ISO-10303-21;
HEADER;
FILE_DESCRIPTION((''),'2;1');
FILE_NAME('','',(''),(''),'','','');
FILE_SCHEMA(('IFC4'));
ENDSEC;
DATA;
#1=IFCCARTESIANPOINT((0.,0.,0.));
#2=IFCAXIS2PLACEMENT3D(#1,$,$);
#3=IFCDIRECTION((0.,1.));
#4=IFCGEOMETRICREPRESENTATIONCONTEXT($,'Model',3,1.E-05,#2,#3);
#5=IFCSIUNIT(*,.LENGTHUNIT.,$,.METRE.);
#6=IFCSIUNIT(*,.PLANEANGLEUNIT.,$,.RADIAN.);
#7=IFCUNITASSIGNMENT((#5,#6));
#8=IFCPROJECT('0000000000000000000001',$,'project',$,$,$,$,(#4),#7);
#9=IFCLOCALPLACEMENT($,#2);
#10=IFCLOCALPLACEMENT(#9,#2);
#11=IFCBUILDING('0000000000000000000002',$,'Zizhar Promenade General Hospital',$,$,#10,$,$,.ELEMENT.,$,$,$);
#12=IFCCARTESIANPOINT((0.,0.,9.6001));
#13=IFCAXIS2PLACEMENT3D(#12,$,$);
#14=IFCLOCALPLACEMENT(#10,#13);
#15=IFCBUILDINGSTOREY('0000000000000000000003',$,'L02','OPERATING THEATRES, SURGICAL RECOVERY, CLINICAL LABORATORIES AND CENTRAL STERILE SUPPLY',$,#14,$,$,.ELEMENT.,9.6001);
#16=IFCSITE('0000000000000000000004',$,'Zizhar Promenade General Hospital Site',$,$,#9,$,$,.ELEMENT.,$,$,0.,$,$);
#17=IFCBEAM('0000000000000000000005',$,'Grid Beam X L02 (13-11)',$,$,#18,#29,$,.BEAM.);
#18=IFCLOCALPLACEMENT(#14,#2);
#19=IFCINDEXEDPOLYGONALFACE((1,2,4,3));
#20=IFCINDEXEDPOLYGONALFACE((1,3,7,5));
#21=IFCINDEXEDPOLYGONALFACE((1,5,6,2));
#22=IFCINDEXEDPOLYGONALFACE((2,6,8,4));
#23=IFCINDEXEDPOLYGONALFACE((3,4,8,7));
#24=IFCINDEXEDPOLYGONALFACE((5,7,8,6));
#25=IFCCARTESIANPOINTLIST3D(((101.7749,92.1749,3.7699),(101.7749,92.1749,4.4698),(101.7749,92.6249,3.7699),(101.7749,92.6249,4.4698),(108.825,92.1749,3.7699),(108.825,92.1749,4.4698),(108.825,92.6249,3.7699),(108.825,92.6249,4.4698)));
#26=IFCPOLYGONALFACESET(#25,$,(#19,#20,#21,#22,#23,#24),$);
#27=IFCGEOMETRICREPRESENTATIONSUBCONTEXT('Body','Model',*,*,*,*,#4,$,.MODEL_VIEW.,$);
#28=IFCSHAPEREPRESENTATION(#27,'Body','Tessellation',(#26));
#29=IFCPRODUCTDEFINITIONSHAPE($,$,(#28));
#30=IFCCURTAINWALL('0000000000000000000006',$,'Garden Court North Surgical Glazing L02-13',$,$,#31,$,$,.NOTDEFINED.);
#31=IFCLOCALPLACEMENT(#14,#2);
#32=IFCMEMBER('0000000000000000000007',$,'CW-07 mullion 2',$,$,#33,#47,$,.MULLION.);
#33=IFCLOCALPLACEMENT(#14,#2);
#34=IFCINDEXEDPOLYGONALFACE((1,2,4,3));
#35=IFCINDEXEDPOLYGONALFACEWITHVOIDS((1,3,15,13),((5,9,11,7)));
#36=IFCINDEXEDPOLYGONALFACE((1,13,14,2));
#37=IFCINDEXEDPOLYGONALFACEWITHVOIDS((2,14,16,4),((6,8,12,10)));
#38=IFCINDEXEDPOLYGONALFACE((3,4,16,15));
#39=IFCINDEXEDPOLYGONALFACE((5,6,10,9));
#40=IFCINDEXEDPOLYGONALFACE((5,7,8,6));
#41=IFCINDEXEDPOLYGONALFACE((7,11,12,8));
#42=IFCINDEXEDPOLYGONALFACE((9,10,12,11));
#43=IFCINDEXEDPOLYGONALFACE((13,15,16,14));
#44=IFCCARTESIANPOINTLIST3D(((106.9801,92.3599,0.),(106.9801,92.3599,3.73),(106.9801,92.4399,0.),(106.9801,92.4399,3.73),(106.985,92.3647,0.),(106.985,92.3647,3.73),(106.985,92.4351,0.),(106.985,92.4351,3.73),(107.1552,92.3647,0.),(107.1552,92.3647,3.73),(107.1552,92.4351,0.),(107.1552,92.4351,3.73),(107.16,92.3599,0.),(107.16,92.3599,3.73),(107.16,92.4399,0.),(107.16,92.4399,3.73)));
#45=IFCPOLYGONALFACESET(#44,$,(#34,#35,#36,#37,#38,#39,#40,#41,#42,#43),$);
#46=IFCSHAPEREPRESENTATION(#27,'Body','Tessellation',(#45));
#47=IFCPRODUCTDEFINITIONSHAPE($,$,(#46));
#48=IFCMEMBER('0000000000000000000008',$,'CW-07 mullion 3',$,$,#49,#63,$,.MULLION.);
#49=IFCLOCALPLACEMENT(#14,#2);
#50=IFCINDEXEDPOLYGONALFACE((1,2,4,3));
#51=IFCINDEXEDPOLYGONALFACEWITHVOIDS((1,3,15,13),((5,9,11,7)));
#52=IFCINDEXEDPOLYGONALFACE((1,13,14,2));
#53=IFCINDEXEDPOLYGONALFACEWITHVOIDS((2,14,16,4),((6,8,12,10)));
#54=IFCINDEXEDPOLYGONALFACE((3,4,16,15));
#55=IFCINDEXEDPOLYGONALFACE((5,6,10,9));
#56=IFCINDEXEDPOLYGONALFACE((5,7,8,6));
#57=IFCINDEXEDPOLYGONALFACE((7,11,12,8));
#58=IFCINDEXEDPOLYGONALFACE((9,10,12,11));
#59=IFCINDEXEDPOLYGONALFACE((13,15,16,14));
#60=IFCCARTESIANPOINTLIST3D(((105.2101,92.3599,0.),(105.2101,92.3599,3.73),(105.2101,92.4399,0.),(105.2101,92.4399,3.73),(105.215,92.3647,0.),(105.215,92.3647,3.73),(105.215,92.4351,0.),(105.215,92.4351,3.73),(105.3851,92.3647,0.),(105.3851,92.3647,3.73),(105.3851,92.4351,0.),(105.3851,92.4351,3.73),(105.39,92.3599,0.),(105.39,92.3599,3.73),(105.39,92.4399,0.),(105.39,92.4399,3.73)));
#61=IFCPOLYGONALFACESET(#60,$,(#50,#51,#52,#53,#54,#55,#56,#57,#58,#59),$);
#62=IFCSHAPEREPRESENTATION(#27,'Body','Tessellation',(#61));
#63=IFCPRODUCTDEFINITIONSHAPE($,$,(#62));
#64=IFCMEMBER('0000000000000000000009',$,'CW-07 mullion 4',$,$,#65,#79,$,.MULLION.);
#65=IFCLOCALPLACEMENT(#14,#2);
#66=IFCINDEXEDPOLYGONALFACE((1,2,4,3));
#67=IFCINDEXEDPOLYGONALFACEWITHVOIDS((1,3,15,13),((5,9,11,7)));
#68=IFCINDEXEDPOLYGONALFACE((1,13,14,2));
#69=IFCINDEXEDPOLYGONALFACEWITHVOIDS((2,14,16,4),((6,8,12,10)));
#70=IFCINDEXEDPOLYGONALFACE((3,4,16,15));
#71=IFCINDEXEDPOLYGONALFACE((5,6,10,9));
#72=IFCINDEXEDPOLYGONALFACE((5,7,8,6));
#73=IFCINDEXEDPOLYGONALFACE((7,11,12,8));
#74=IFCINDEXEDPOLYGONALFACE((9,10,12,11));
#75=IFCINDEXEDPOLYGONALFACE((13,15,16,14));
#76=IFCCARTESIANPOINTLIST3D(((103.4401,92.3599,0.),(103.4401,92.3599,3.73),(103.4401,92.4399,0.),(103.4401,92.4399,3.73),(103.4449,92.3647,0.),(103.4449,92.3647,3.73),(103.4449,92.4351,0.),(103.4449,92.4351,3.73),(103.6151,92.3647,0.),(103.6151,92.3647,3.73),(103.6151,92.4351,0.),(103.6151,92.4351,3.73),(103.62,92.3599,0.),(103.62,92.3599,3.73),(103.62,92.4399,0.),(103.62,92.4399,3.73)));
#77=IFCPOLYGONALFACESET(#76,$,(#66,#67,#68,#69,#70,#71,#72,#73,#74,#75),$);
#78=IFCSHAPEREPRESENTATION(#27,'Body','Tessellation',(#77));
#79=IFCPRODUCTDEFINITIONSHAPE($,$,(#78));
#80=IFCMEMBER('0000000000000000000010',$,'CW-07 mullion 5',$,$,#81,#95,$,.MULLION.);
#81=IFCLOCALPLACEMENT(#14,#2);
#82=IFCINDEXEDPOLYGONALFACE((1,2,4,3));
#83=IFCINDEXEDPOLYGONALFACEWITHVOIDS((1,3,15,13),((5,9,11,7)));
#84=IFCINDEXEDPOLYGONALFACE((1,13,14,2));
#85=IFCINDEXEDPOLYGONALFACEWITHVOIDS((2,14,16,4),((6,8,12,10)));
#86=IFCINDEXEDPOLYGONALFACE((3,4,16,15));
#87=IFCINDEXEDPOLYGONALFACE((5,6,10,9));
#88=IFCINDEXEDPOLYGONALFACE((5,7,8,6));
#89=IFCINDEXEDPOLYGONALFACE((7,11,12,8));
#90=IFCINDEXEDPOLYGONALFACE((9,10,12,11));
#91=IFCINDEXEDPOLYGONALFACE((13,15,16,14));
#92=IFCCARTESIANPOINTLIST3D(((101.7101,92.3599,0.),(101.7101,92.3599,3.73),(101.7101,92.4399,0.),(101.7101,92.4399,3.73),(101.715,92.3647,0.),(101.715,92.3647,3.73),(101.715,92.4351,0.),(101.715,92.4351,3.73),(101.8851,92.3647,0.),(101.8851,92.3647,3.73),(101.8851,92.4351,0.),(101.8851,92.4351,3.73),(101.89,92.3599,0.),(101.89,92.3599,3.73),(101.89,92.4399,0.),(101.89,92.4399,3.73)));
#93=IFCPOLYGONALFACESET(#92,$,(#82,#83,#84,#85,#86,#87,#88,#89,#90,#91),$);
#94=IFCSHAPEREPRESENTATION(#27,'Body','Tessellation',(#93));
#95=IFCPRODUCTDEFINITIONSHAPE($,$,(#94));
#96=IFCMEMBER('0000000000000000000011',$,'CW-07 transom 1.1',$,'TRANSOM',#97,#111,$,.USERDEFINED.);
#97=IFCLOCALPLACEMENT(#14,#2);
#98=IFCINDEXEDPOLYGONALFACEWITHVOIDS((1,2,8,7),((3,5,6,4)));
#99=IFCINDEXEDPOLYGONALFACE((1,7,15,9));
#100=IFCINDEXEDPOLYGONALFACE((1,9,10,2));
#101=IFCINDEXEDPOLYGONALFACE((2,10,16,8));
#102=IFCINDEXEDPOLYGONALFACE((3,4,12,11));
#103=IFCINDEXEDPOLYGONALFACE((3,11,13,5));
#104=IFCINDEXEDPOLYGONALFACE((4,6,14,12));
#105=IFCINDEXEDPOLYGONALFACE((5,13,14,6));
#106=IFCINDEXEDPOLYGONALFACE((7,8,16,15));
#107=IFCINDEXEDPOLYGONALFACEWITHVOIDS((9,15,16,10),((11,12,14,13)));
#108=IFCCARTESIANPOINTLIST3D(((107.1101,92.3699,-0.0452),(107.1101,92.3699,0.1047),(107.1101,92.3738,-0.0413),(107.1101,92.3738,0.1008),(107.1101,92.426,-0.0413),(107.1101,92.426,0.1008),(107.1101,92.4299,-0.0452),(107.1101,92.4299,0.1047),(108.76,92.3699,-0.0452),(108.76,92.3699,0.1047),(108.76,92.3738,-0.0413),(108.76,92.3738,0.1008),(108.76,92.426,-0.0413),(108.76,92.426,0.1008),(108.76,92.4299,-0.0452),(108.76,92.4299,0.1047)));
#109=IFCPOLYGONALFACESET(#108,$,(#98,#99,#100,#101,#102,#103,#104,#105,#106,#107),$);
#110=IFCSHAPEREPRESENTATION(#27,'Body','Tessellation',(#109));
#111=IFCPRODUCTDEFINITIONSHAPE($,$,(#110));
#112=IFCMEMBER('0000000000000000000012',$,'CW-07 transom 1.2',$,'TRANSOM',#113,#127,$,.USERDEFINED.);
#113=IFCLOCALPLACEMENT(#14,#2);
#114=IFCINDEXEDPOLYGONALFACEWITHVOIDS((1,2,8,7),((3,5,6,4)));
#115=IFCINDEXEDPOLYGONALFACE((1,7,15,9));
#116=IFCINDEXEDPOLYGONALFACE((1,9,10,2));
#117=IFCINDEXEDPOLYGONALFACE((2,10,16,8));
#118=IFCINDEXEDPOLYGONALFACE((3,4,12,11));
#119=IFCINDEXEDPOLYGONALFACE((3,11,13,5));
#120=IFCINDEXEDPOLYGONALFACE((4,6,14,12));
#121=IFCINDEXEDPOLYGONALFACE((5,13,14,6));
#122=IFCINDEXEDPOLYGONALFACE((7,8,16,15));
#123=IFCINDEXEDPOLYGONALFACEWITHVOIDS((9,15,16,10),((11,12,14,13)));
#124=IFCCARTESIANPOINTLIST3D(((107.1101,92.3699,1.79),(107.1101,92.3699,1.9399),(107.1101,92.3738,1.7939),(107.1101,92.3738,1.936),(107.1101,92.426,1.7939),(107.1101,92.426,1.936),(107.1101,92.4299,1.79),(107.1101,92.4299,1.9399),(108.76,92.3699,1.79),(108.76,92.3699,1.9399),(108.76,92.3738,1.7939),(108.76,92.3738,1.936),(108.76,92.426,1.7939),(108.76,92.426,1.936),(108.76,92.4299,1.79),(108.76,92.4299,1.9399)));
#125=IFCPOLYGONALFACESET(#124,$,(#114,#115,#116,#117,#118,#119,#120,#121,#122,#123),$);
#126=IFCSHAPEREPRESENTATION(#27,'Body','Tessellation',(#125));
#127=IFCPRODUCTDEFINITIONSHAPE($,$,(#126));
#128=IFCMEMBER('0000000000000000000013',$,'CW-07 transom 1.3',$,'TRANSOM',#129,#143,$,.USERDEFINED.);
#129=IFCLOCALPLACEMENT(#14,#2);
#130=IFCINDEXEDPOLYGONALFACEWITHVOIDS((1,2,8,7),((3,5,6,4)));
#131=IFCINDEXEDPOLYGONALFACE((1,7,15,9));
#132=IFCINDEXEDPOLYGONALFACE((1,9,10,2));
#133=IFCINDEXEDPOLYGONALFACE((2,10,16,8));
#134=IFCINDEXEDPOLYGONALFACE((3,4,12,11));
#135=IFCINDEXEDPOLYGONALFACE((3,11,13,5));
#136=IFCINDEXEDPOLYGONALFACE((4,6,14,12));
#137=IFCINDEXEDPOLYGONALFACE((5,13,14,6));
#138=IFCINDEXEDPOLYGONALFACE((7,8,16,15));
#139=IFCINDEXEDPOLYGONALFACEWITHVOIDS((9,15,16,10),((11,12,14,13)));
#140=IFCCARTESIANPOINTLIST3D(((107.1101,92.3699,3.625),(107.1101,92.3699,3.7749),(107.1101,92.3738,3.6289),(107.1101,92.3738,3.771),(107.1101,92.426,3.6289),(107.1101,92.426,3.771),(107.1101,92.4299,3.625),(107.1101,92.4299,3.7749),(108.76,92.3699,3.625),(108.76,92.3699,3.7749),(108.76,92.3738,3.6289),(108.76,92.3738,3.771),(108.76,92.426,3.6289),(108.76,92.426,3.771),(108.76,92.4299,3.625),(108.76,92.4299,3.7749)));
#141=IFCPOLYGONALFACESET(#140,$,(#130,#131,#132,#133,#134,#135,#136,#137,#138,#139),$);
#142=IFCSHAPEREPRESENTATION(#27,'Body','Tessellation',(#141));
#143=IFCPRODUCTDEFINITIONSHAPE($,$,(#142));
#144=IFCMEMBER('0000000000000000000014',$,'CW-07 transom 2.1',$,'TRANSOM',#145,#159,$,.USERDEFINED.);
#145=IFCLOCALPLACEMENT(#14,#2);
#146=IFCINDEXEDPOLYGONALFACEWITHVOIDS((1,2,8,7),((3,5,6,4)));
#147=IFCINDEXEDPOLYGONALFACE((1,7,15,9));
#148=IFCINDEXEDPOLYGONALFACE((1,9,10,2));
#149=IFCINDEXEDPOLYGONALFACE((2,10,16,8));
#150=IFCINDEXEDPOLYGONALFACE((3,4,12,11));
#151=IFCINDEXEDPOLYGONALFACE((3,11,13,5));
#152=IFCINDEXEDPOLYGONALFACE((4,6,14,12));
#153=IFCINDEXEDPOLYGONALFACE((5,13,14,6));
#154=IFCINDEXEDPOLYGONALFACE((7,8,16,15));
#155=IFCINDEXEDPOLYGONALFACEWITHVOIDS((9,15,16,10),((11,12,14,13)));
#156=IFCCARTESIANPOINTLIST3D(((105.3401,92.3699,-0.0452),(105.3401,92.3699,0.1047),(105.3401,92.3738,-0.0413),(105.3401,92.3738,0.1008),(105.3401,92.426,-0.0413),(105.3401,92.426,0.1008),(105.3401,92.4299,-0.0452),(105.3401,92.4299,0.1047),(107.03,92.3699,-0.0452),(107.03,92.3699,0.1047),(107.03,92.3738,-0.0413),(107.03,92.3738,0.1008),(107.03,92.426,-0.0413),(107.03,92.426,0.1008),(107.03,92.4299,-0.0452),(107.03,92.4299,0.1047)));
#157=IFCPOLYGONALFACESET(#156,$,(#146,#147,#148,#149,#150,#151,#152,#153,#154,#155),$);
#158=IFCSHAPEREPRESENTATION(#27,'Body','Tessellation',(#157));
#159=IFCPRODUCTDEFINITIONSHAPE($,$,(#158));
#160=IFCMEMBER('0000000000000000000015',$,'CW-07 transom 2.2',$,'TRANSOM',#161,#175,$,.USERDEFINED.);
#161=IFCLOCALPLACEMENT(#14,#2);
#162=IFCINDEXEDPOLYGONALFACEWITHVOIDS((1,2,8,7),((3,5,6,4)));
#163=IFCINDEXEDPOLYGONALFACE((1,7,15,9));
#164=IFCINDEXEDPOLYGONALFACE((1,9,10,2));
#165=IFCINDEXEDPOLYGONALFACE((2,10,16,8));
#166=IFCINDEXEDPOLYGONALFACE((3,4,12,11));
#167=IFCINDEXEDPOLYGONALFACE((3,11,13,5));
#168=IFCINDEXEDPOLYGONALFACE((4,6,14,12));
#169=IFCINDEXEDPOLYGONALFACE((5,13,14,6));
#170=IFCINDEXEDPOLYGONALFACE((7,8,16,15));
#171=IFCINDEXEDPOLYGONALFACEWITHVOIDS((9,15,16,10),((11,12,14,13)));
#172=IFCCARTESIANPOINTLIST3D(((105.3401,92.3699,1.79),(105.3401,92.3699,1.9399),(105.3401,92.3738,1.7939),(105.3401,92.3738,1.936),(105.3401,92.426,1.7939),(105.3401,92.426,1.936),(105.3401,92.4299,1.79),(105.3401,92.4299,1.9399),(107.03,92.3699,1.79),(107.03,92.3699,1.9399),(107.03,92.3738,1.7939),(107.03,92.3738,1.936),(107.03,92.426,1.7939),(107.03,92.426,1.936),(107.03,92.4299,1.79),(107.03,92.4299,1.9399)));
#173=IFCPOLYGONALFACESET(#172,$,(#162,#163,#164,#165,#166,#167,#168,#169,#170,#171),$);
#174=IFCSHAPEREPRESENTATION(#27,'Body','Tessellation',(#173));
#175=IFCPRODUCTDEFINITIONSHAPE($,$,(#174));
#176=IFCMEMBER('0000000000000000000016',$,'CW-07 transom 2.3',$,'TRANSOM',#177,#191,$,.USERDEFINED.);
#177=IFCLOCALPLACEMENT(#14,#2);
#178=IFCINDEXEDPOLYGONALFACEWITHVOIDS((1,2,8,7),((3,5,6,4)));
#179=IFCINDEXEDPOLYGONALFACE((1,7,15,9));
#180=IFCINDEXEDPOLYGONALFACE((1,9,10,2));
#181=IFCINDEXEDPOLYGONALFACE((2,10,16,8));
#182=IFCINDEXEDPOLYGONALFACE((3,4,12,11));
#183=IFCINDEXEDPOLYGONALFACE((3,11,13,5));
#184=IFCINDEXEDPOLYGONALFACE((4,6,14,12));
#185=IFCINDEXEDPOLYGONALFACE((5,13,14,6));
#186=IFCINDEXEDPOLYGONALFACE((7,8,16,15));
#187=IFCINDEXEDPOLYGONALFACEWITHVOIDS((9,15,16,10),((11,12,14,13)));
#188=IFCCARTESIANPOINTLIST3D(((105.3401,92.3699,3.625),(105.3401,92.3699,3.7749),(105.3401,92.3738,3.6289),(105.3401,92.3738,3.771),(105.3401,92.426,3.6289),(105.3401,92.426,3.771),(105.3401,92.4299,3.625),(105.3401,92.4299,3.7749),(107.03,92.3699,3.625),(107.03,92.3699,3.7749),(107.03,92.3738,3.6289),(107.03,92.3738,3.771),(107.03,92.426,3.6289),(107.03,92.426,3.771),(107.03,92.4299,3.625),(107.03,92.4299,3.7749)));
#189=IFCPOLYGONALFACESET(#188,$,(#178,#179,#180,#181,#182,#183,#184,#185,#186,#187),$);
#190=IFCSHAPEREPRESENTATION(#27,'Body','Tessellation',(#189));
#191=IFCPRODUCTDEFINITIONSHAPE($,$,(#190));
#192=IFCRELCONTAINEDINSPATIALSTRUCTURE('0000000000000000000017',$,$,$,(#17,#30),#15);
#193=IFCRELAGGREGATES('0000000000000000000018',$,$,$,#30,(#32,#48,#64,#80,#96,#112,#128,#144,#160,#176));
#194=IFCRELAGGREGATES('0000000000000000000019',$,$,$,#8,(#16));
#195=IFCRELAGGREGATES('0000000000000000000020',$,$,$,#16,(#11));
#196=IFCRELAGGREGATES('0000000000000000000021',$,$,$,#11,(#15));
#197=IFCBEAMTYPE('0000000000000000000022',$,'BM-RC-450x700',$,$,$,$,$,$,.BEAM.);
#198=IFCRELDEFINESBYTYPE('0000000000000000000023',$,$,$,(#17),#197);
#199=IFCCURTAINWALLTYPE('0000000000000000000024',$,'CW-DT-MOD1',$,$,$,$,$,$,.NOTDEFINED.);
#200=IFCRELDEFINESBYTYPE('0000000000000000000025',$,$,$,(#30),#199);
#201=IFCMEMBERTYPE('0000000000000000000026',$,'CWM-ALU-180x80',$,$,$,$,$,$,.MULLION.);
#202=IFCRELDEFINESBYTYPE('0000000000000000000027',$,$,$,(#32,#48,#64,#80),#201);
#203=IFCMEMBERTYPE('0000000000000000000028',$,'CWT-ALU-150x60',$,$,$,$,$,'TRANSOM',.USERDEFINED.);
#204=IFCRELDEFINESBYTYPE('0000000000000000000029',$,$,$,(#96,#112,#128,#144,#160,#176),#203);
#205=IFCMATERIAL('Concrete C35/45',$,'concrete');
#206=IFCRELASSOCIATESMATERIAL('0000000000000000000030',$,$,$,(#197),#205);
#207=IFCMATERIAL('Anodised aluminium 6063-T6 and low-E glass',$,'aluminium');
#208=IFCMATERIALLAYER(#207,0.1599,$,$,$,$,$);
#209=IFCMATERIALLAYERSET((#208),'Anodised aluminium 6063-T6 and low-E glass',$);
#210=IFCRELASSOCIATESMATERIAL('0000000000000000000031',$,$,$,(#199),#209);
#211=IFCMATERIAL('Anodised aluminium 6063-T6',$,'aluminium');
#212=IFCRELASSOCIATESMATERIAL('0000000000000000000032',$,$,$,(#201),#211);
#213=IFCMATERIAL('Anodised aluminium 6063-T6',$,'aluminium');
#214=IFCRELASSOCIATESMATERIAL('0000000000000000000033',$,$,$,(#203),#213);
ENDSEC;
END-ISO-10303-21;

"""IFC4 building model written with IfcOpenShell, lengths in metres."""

from ifc_helpers import new_model, si_unit, direction, frame, origin, origin_2d, place, context, subcontext, project, spatial, rectangle, hollow_rectangle, extrude, material, layer, layer_set, material_profile, profile_set, type_object, element, aggregate, save


model = new_model("IFC4")

# Units and contexts
model_context = context("Model", 3, precision=1e-05, world=origin(), true_north=direction((0.0, 1.0)))
body_context = subcontext(model_context, "Body", "Model", "MODEL_VIEW")
ifc_project = project(units=[si_unit("LENGTHUNIT", "METRE"), si_unit("PLANEANGLEUNIT", "RADIAN")], contexts=[model_context])

# Site, building, storey
site_placement = place(None, origin())
site = spatial("IfcSite", under=ifc_project, at=site_placement, Name="Zizhar Promenade General Hospital Site", CompositionType="ELEMENT", RefElevation=0.0)
building_placement = place(site_placement, origin())
building = spatial("IfcBuilding", under=site, at=building_placement, Name="Zizhar Promenade General Hospital", CompositionType="ELEMENT")
storey_placement = place(building_placement, frame((0.0, 0.0, 9.6001)))
storey = spatial("IfcBuildingStorey", under=building, at=storey_placement, Name="L02", Description="OPERATING THEATRES, SURGICAL RECOVERY, CLINICAL LABORATORIES AND CENTRAL STERILE SUPPLY", CompositionType="ELEMENT", Elevation=9.6001)

# Beam
ifc_material_1 = material(Name="Concrete C35/45", Category="concrete")
ifc_material_profile_1 = material_profile(ifc_material_1, rectangle(XDim=0.45, YDim=0.7, at=origin_2d()))
ifc_profile_set_1 = profile_set([ifc_material_profile_1], Name="Concrete C35/45")
beam_type = type_object("IfcBeamType", Name="BM-RC-450x700", PredefinedType="BEAM", material=ifc_profile_set_1)
beam_placement = place(storey_placement, frame((101.7749, 92.3999, 4.1199), z_axis=(1.0, 0.0, 0.0), x_axis=(0.0, 1.0, 0.0)))
element("IfcBeam", 1, at=beam_placement, inside=storey, type_object=beam_type, Name="Grid Beam X L02 (13-11)", PredefinedType="BEAM", context=body_context, shape_type="SweptSolid", body=[
    extrude(rectangle(XDim=0.45, YDim=0.7, at=origin_2d()), origin(), (0.0, 0.0, 1.0), 7.05),
])

# Curtain wall, members
ifc_material_2 = material(Name="Anodised aluminium 6063-T6 and low-E glass", Category="aluminium")
ifc_layer_1 = layer(ifc_material_2, 0.1599)
ifc_layer_set_1 = layer_set([ifc_layer_1], Name="Anodised aluminium 6063-T6 and low-E glass")
curtain_wall_type = type_object("IfcCurtainWallType", Name="CW-DT-MOD1", PredefinedType="NOTDEFINED", material=ifc_layer_set_1)
curtain_wall_placement = place(storey_placement, origin())
curtain_wall = element("IfcCurtainWall", 2, at=curtain_wall_placement, inside=storey, type_object=curtain_wall_type, Name="Garden Court North Surgical Glazing L02-13", PredefinedType="NOTDEFINED")
ifc_material_3 = material(Name="Anodised aluminium 6063-T6", Category="aluminium")
ifc_material_profile_2 = material_profile(ifc_material_3, hollow_rectangle(XDim=0.0801, YDim=0.1799, WallThickness=0.0049, at=origin_2d()))
ifc_profile_set_2 = profile_set([ifc_material_profile_2], Name="Anodised aluminium 6063-T6")
member_type_1 = type_object("IfcMemberType", Name="CWM-ALU-180x80", PredefinedType="MULLION", material=ifc_profile_set_2)
member_1_placement = place(storey_placement, frame((107.0701, 92.3999, 0.0), z_axis=(0.0, 0.0, 1.0), x_axis=(0.0, -1.0, 0.0)))
member_1 = element("IfcMember", 3, at=member_1_placement, type_object=member_type_1, Name="CW-07 mullion 2", PredefinedType="MULLION", context=body_context, shape_type="SweptSolid", body=[
    extrude(hollow_rectangle(XDim=0.0801, YDim=0.1799, WallThickness=0.0049, at=origin_2d()), origin(), (0.0, 0.0, 1.0), 3.73),
])
member_2_placement = place(storey_placement, frame((105.3, 92.3999, 0.0), z_axis=(0.0, 0.0, 1.0), x_axis=(0.0, -1.0, 0.0)))
member_2 = element("IfcMember", 4, at=member_2_placement, type_object=member_type_1, Name="CW-07 mullion 3", PredefinedType="MULLION", context=body_context, shape_type="SweptSolid", body=[
    extrude(hollow_rectangle(XDim=0.0801, YDim=0.1799, WallThickness=0.0049, at=origin_2d()), origin(), (0.0, 0.0, 1.0), 3.73),
])
member_3_placement = place(storey_placement, frame((103.53, 92.3999, 0.0), z_axis=(0.0, 0.0, 1.0), x_axis=(0.0, -1.0, 0.0)))
member_3 = element("IfcMember", 5, at=member_3_placement, type_object=member_type_1, Name="CW-07 mullion 4", PredefinedType="MULLION", context=body_context, shape_type="SweptSolid", body=[
    extrude(hollow_rectangle(XDim=0.0801, YDim=0.1799, WallThickness=0.0049, at=origin_2d()), origin(), (0.0, 0.0, 1.0), 3.73),
])
member_4_placement = place(storey_placement, frame((101.8, 92.3999, 0.0), z_axis=(0.0, 0.0, 1.0), x_axis=(0.0, -1.0, 0.0)))
member_4 = element("IfcMember", 6, at=member_4_placement, type_object=member_type_1, Name="CW-07 mullion 5", PredefinedType="MULLION", context=body_context, shape_type="SweptSolid", body=[
    extrude(hollow_rectangle(XDim=0.0801, YDim=0.1799, WallThickness=0.0049, at=origin_2d()), origin(), (0.0, 0.0, 1.0), 3.73),
])
ifc_material_4 = material(Name="Anodised aluminium 6063-T6", Category="aluminium")
ifc_material_profile_3 = material_profile(ifc_material_4, hollow_rectangle(XDim=0.0601, YDim=0.1499, WallThickness=0.0039, at=origin_2d()))
ifc_profile_set_3 = profile_set([ifc_material_profile_3], Name="Anodised aluminium 6063-T6")
member_type_2 = type_object("IfcMemberType", Name="CWT-ALU-150x60", ElementType="TRANSOM", PredefinedType="USERDEFINED", material=ifc_profile_set_3)
member_5_placement = place(storey_placement, frame((108.76, 92.3999, 0.0298), z_axis=(-1.0, 0.0, 0.0), x_axis=(0.0, -1.0, 0.0)))
member_5 = element("IfcMember", 7, at=member_5_placement, type_object=member_type_2, Name="CW-07 transom 1.1", ObjectType="TRANSOM", PredefinedType="USERDEFINED", context=body_context, shape_type="SweptSolid", body=[
    extrude(hollow_rectangle(XDim=0.0601, YDim=0.1499, WallThickness=0.0039, at=origin_2d()), origin(), (0.0, 0.0, 1.0), 1.6499),
])
member_6_placement = place(storey_placement, frame((108.76, 92.3999, 1.865), z_axis=(-1.0, 0.0, 0.0), x_axis=(0.0, -1.0, 0.0)))
member_6 = element("IfcMember", 8, at=member_6_placement, type_object=member_type_2, Name="CW-07 transom 1.2", ObjectType="TRANSOM", PredefinedType="USERDEFINED", context=body_context, shape_type="SweptSolid", body=[
    extrude(hollow_rectangle(XDim=0.0601, YDim=0.1499, WallThickness=0.0039, at=origin_2d()), origin(), (0.0, 0.0, 1.0), 1.6499),
])
member_7_placement = place(storey_placement, frame((108.76, 92.3999, 3.7), z_axis=(-1.0, 0.0, 0.0), x_axis=(0.0, -1.0, 0.0)))
member_7 = element("IfcMember", 9, at=member_7_placement, type_object=member_type_2, Name="CW-07 transom 1.3", ObjectType="TRANSOM", PredefinedType="USERDEFINED", context=body_context, shape_type="SweptSolid", body=[
    extrude(hollow_rectangle(XDim=0.0601, YDim=0.1499, WallThickness=0.0039, at=origin_2d()), origin(), (0.0, 0.0, 1.0), 1.6499),
])
member_8_placement = place(storey_placement, frame((107.03, 92.3999, 0.0298), z_axis=(-1.0, 0.0, 0.0), x_axis=(0.0, -1.0, 0.0)))
member_8 = element("IfcMember", 10, at=member_8_placement, type_object=member_type_2, Name="CW-07 transom 2.1", ObjectType="TRANSOM", PredefinedType="USERDEFINED", context=body_context, shape_type="SweptSolid", body=[
    extrude(hollow_rectangle(XDim=0.0601, YDim=0.1499, WallThickness=0.0039, at=origin_2d()), origin(), (0.0, 0.0, 1.0), 1.6899),
])
member_9_placement = place(storey_placement, frame((107.03, 92.3999, 1.865), z_axis=(-1.0, 0.0, 0.0), x_axis=(0.0, -1.0, 0.0)))
member_9 = element("IfcMember", 11, at=member_9_placement, type_object=member_type_2, Name="CW-07 transom 2.2", ObjectType="TRANSOM", PredefinedType="USERDEFINED", context=body_context, shape_type="SweptSolid", body=[
    extrude(hollow_rectangle(XDim=0.0601, YDim=0.1499, WallThickness=0.0039, at=origin_2d()), origin(), (0.0, 0.0, 1.0), 1.6899),
])
member_10_placement = place(storey_placement, frame((107.03, 92.3999, 3.7), z_axis=(-1.0, 0.0, 0.0), x_axis=(0.0, -1.0, 0.0)))
member_10 = element("IfcMember", 12, at=member_10_placement, type_object=member_type_2, Name="CW-07 transom 2.3", ObjectType="TRANSOM", PredefinedType="USERDEFINED", context=body_context, shape_type="SweptSolid", body=[
    extrude(hollow_rectangle(XDim=0.0601, YDim=0.1499, WallThickness=0.0039, at=origin_2d()), origin(), (0.0, 0.0, 1.0), 1.6899),
])
aggregate(curtain_wall, [member_1, member_2, member_3, member_4, member_5, member_6, member_7, member_8, member_9, member_10])

save(model, "model.ifc")
